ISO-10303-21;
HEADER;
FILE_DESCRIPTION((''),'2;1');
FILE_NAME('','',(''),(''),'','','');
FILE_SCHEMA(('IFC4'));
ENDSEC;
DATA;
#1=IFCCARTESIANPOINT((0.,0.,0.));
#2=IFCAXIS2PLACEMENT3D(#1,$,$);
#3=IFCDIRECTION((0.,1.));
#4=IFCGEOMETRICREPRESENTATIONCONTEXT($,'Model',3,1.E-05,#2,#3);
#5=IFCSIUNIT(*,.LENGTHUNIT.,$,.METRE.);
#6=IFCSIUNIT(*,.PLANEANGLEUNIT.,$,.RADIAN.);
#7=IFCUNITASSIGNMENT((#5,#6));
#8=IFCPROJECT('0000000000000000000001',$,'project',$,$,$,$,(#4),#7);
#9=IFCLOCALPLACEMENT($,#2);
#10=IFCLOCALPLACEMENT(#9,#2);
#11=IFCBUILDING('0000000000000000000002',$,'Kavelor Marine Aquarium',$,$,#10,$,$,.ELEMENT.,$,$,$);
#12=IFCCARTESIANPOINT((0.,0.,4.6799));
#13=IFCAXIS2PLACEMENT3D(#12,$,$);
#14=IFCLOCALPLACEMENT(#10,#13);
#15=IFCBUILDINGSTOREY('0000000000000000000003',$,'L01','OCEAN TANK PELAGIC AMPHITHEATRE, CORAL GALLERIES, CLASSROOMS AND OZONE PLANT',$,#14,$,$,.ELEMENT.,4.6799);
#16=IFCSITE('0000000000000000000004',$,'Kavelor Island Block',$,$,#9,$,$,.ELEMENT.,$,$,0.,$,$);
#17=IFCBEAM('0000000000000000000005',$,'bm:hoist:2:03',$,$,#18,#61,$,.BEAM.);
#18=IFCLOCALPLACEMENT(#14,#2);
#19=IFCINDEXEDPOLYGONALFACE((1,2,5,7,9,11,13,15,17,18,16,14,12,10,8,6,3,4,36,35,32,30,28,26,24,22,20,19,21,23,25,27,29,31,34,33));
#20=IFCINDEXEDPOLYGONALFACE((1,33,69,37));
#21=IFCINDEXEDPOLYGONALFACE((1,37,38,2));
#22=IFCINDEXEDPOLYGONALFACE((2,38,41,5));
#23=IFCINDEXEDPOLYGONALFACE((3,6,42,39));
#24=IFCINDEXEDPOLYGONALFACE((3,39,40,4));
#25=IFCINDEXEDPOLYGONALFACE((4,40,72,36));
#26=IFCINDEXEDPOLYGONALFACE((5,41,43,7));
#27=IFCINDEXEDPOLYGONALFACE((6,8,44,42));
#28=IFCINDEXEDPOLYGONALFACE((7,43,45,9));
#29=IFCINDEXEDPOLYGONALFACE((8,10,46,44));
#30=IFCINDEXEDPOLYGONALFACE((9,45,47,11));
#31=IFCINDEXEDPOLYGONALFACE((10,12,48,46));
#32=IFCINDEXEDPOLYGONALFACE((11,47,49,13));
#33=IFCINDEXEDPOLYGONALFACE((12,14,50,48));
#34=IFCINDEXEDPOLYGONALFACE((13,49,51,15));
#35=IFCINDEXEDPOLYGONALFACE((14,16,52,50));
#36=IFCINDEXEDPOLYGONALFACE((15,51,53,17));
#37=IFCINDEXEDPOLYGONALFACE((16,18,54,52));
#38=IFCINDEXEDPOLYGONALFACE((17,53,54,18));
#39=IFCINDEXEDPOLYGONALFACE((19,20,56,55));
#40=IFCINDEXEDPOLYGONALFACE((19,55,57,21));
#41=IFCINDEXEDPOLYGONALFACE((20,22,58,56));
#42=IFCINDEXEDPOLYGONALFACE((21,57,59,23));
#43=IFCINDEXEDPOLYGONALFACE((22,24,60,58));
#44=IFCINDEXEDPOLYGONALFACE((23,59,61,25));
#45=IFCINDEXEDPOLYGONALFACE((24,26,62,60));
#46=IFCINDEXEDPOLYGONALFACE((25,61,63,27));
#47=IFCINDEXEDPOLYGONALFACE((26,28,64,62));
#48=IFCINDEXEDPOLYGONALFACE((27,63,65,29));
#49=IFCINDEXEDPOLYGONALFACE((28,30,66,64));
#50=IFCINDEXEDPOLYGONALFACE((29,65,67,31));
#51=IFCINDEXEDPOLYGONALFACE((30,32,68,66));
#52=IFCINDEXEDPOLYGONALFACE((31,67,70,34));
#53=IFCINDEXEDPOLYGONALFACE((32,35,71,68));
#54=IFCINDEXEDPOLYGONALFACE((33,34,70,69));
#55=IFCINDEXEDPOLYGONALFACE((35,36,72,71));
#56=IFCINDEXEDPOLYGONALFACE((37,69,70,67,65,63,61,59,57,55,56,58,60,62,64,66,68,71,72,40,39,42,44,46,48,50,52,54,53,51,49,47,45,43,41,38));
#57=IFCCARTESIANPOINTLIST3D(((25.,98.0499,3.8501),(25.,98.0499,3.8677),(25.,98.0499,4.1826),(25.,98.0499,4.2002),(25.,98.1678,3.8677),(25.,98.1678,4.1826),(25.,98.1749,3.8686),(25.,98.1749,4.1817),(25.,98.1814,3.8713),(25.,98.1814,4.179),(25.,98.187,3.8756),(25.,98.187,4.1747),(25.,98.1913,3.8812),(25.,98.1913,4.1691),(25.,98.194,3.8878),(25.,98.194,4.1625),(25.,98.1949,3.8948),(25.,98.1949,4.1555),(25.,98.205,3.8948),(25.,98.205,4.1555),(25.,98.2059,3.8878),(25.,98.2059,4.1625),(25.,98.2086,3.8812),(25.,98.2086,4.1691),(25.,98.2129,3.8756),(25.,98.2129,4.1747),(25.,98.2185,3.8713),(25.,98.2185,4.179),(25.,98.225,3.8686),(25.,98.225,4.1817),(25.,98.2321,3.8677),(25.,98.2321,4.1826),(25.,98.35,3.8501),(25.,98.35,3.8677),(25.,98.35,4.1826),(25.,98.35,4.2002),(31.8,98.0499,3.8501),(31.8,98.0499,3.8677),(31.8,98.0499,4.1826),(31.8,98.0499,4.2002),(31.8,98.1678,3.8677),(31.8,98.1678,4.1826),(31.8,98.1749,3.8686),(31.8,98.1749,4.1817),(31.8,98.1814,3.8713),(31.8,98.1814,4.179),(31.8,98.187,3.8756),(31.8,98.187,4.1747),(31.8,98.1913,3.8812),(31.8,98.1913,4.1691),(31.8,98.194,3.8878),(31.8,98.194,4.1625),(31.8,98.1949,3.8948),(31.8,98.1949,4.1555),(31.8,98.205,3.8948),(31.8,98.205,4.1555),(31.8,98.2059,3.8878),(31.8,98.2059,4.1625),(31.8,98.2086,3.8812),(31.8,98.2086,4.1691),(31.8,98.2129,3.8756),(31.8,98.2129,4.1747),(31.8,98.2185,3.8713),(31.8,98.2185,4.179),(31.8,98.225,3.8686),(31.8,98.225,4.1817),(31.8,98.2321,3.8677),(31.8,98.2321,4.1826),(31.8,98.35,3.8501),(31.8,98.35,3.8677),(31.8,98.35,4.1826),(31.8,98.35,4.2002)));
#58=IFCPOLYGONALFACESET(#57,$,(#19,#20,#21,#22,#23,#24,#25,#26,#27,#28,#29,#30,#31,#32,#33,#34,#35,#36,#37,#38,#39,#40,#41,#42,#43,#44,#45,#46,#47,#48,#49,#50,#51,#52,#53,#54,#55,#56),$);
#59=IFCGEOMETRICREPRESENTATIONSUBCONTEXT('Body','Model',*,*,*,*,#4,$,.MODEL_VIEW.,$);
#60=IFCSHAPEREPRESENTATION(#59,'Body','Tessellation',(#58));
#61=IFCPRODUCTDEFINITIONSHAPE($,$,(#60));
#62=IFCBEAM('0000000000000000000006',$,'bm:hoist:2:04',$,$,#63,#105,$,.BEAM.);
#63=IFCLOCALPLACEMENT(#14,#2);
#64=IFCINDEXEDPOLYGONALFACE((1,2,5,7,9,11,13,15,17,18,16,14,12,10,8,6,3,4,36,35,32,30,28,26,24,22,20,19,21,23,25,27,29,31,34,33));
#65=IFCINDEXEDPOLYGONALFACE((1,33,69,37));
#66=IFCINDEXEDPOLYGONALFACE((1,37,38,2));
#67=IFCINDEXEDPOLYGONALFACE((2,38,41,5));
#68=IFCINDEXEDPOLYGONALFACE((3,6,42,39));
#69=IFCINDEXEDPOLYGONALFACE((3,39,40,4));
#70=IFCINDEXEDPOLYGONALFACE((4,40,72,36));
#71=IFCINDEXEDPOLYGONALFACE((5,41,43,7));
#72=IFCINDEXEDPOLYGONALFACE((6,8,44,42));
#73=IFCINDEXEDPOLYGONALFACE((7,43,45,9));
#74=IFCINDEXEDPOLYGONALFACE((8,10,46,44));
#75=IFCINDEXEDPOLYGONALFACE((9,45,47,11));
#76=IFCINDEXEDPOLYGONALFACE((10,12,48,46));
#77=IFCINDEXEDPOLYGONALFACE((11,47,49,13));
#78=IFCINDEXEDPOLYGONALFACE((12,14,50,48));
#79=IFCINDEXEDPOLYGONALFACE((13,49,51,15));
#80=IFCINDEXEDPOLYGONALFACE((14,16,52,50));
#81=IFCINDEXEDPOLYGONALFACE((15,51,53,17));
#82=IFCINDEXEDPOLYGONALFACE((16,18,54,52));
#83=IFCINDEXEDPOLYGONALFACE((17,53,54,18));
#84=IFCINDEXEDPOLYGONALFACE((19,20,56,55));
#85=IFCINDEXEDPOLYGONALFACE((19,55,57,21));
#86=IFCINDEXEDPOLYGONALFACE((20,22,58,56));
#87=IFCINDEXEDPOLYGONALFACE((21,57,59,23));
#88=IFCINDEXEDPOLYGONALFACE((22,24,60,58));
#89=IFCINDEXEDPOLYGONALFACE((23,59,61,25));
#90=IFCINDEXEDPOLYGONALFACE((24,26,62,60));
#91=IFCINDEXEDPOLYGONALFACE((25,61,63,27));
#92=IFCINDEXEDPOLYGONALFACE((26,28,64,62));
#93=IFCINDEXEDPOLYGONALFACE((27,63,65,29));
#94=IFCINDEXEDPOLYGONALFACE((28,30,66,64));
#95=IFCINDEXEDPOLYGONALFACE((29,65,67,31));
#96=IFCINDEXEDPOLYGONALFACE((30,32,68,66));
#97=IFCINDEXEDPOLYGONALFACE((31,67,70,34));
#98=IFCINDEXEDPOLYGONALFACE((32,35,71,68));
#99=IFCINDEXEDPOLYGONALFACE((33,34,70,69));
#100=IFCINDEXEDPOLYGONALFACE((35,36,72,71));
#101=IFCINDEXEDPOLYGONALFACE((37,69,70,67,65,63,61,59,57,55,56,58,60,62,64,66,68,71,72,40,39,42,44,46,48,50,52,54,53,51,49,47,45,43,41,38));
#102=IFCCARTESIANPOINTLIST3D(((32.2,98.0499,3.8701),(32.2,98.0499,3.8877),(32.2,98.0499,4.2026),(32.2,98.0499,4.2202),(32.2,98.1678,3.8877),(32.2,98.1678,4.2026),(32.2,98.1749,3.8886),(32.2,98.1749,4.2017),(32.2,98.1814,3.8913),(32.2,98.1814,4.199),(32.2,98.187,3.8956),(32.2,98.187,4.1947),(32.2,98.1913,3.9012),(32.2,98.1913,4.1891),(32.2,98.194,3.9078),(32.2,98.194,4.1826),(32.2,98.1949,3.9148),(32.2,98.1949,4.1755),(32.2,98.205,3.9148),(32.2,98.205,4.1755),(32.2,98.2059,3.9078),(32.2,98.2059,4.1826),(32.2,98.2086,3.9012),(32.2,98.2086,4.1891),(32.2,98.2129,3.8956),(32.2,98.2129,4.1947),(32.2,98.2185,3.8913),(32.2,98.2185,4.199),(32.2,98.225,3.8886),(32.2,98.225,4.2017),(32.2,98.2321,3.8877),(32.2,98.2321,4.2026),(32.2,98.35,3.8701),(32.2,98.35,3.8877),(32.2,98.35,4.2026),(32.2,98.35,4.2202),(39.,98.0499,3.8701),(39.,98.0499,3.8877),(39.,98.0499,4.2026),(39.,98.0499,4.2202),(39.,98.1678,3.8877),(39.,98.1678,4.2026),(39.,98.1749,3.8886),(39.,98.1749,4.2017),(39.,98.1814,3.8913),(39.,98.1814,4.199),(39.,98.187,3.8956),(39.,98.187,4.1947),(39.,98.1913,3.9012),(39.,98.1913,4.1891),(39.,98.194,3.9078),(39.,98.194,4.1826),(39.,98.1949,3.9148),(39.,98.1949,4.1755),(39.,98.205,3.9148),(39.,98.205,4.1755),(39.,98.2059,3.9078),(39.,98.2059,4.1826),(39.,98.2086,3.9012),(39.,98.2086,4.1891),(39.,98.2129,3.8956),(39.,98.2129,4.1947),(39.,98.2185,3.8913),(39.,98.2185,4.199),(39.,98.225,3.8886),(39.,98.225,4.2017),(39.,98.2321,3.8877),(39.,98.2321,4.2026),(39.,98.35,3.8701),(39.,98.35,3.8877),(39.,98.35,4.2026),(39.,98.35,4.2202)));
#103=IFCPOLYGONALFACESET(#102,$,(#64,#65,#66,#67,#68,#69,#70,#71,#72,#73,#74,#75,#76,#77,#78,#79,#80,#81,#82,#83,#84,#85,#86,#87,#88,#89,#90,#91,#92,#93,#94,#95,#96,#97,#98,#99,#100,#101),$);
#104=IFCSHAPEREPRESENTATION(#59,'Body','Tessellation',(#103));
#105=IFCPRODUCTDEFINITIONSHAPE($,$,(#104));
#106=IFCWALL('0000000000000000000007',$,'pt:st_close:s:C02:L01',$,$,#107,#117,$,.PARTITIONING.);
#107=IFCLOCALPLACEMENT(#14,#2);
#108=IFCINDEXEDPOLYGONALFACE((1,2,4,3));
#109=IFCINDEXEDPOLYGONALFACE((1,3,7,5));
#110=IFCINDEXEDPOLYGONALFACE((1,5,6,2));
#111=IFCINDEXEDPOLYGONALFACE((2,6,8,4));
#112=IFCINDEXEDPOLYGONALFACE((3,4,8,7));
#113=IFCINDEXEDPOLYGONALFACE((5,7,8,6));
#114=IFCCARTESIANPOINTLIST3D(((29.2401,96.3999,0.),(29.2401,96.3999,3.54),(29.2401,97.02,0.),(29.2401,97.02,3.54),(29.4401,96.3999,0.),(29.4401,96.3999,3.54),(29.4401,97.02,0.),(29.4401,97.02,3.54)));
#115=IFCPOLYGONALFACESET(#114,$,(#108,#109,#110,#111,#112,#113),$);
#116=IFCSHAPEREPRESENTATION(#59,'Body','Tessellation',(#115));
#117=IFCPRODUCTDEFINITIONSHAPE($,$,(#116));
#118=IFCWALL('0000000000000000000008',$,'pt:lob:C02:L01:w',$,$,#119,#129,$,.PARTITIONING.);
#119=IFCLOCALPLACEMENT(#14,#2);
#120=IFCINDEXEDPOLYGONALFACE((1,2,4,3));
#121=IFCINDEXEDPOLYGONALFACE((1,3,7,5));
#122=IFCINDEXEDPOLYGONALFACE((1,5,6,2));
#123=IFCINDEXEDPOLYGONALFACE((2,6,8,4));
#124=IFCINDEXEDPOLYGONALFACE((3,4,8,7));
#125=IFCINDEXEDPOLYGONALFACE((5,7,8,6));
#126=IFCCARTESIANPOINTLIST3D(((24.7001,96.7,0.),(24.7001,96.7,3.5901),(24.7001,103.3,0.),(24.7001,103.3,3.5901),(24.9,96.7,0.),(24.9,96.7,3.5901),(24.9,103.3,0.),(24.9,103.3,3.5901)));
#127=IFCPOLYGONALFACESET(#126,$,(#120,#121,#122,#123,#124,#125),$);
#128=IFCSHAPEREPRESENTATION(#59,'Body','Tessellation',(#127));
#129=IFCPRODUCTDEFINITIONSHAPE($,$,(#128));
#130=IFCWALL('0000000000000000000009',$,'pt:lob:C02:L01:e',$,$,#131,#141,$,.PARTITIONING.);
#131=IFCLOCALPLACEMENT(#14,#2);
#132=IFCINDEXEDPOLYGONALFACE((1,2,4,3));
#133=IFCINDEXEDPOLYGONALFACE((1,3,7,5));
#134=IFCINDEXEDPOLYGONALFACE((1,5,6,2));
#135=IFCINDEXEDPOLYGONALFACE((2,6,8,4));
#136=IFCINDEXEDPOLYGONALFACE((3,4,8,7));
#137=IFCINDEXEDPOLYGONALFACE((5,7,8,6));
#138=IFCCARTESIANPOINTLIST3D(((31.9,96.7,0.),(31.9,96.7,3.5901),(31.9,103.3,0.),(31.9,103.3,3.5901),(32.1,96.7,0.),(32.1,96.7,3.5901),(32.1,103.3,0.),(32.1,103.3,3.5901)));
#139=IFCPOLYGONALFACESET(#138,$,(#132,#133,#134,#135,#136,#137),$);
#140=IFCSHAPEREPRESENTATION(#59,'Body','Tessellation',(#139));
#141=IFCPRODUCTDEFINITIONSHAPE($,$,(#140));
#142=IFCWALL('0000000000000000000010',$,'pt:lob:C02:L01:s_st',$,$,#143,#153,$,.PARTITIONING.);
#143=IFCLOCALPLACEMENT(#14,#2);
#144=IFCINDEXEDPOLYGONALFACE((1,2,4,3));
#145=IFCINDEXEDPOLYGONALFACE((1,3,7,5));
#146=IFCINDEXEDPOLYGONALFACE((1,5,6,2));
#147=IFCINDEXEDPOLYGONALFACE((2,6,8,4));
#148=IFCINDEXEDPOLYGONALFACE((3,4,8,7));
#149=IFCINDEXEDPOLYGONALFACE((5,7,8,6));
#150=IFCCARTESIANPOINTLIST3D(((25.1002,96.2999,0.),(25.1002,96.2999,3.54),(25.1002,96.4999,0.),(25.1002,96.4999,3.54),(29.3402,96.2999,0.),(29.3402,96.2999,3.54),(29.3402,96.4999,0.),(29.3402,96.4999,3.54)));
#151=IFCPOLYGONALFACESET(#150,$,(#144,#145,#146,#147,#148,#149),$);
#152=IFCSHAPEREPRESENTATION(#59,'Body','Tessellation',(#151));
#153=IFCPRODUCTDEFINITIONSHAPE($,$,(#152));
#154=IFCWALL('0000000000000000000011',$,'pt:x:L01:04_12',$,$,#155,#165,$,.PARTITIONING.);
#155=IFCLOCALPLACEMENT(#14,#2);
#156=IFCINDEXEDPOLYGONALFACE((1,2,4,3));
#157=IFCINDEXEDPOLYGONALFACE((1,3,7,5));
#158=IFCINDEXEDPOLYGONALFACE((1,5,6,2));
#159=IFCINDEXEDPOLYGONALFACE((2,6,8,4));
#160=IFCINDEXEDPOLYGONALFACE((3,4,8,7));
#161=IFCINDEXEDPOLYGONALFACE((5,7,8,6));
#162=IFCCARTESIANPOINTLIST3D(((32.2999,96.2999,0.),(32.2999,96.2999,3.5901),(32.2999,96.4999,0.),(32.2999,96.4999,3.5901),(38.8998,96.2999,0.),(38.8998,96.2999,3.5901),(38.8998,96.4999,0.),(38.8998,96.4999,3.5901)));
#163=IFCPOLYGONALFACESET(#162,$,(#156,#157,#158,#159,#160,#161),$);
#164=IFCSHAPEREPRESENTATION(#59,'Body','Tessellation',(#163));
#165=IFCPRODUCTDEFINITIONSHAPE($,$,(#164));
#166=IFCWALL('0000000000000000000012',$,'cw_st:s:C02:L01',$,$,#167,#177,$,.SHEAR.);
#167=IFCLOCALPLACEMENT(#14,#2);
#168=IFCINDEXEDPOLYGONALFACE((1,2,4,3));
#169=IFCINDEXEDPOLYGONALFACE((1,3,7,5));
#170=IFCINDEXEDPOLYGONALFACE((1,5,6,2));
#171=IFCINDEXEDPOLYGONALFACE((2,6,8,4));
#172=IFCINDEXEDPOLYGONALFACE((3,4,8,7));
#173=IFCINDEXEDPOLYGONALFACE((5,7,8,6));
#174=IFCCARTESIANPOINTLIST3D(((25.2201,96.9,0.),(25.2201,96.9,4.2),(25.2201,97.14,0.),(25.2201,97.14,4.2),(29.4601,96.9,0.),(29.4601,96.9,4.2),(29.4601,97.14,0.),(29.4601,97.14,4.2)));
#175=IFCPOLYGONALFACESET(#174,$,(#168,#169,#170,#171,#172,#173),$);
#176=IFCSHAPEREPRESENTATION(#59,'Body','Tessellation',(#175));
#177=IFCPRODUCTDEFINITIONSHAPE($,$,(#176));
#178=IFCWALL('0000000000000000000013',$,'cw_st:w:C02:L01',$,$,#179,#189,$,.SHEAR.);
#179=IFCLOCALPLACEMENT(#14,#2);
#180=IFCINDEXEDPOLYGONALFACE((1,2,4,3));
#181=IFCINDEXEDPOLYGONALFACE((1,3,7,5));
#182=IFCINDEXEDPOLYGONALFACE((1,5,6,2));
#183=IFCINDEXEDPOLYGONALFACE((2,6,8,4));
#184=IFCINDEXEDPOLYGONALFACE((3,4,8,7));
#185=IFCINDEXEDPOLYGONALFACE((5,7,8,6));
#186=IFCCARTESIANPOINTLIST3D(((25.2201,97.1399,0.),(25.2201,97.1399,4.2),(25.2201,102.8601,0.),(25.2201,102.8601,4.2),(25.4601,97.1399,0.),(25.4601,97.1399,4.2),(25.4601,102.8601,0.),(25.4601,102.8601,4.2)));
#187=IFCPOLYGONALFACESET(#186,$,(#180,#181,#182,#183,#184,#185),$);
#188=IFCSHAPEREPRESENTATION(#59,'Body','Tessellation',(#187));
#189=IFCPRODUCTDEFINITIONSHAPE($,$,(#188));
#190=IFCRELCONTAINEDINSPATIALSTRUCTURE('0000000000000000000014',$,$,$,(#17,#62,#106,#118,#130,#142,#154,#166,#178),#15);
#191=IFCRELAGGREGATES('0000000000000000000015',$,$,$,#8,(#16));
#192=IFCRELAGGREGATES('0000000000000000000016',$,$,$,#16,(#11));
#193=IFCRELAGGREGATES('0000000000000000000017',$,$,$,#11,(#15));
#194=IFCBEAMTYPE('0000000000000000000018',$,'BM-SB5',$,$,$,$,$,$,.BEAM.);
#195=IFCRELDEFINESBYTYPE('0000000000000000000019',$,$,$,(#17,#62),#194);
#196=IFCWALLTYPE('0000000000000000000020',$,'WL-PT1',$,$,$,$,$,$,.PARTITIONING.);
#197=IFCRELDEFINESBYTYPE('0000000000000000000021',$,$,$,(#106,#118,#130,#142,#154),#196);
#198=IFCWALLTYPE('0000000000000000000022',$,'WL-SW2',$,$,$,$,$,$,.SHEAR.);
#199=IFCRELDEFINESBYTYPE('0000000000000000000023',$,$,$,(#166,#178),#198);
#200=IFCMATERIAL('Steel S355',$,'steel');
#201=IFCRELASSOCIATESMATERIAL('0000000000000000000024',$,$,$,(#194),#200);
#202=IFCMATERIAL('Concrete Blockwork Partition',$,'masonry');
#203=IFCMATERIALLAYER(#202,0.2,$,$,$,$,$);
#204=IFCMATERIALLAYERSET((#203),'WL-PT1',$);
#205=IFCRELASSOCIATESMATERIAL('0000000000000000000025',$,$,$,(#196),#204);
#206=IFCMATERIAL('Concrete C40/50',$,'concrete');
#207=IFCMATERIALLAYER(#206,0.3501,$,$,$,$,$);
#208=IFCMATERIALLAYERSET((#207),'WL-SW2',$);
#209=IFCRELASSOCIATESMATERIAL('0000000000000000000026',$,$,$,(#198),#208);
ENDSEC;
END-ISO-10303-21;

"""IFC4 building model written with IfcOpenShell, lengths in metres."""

from ifc_helpers import new_model, si_unit, direction, frame, frame_2d, origin, origin_2d, place, context, subcontext, project, spatial, rectangle, i_section, extrude, material, layer, layer_set, material_profile, profile_set, type_object, element, save


model = new_model("IFC4")

# Units and contexts
model_context = context("Model", 3, precision=1e-05, world=origin(), true_north=direction((0.0, 1.0)))
body_context = subcontext(model_context, "Body", "Model", "MODEL_VIEW")
ifc_project = project(units=[si_unit("LENGTHUNIT", "METRE"), si_unit("PLANEANGLEUNIT", "RADIAN")], contexts=[model_context])

# Site, building, storey
site_placement = place(None, origin())
site = spatial("IfcSite", under=ifc_project, at=site_placement, Name="Kavelor Island Block", CompositionType="ELEMENT", RefElevation=0.0)
building_placement = place(site_placement, origin())
building = spatial("IfcBuilding", under=site, at=building_placement, Name="Kavelor Marine Aquarium", CompositionType="ELEMENT")
storey_placement = place(building_placement, frame((0.0, 0.0, 4.6799)))
storey = spatial("IfcBuildingStorey", under=building, at=storey_placement, Name="L01", Description="OCEAN TANK PELAGIC AMPHITHEATRE, CORAL GALLERIES, CLASSROOMS AND OZONE PLANT", CompositionType="ELEMENT", Elevation=4.6799)

# Beams
ifc_material_1 = material(Name="Steel S355", Category="steel")
ifc_material_profile_1 = material_profile(ifc_material_1, i_section(OverallWidth=0.3, OverallDepth=0.3501, WebThickness=0.01, FlangeThickness=0.0176, FilletRadius=0.0271, at=origin_2d()), Name="HEA 360")
ifc_profile_set_1 = profile_set([ifc_material_profile_1], Name="Steel S355")
beam_type_1 = type_object("IfcBeamType", Name="BM-SB5", PredefinedType="BEAM", material=ifc_profile_set_1)
for number, where, z_axis, x_axis, name in (
    (1, (25.0, 98.2, 4.0251), (1.0, 0.0, 0.0), (0.0, 1.0, 0.0), "bm:hoist:2:03"),
    (2, (32.2, 98.2, 4.0452), (1.0, 0.0, 0.0), (0.0, 1.0, 0.0), "bm:hoist:2:04"),
):
    element("IfcBeam", number, at=place(storey_placement, frame(where, z_axis=z_axis, x_axis=x_axis)), inside=storey, type_object=beam_type_1, Name=name, PredefinedType="BEAM", context=body_context, shape_type="SweptSolid", body=[
        extrude(i_section(OverallWidth=0.3, OverallDepth=0.3501, WebThickness=0.01, FlangeThickness=0.0176, FilletRadius=0.0271, at=origin_2d()), origin(), (0.0, 0.0, 1.0), 6.8),
    ])

# Walls
ifc_material_2 = material(Name="Concrete Blockwork Partition", Category="masonry")
ifc_layer_1 = layer(ifc_material_2, 0.2)
ifc_layer_set_1 = layer_set([ifc_layer_1], Name="WL-PT1")
wall_type_1 = type_object("IfcWallType", Name="WL-PT1", PredefinedType="PARTITIONING", material=ifc_layer_set_1)
wall_1_placement = place(storey_placement, frame((29.3401, 96.3999, 0.0), z_axis=(0.0, 0.0, 1.0), x_axis=(0.0, 1.0, 0.0)))
element("IfcWall", 3, at=wall_1_placement, inside=storey, type_object=wall_type_1, Name="pt:st_close:s:C02:L01", PredefinedType="PARTITIONING", context=body_context, shape_type="SweptSolid", body=[
    extrude(rectangle(XDim=0.6201, YDim=0.2, at=frame_2d((0.3101, 0.0))), origin(), (0.0, 0.0, 1.0), 3.54),
])
for number, where, z_axis, x_axis, name in (
    (4, (24.8, 96.7, 0.0), (0.0, 0.0, 1.0), (0.0, 1.0, 0.0), "pt:lob:C02:L01:w"),
    (5, (32.0, 96.7, 0.0), (0.0, 0.0, 1.0), (0.0, 1.0, 0.0), "pt:lob:C02:L01:e"),
):
    element("IfcWall", number, at=place(storey_placement, frame(where, z_axis=z_axis, x_axis=x_axis)), inside=storey, type_object=wall_type_1, Name=name, PredefinedType="PARTITIONING", context=body_context, shape_type="SweptSolid", body=[
        extrude(rectangle(XDim=6.6001, YDim=0.2, at=frame_2d((3.3, 0.0))), origin(), (0.0, 0.0, 1.0), 3.5901),
    ])
wall_2_placement = place(storey_placement, frame((25.1001, 96.3999, 0.0), z_axis=(0.0, 0.0, 1.0), x_axis=(1.0, 0.0, 0.0)))
element("IfcWall", 6, at=wall_2_placement, inside=storey, type_object=wall_type_1, Name="pt:lob:C02:L01:s_st", PredefinedType="PARTITIONING", context=body_context, shape_type="SweptSolid", body=[
    extrude(rectangle(XDim=4.24, YDim=0.2, at=frame_2d((2.1201, 0.0))), origin(), (0.0, 0.0, 1.0), 3.54),
])

# Walls
wall_3_placement = place(storey_placement, frame((32.3, 96.3999, 0.0), z_axis=(0.0, 0.0, 1.0), x_axis=(1.0, 0.0, 0.0)))
element("IfcWall", 7, at=wall_3_placement, inside=storey, type_object=wall_type_1, Name="pt:x:L01:04_12", PredefinedType="PARTITIONING", context=body_context, shape_type="SweptSolid", body=[
    extrude(rectangle(XDim=6.5999, YDim=0.2, at=frame_2d((3.2998, 0.0))), origin(), (0.0, 0.0, 1.0), 3.5901),
])
ifc_material_3 = material(Name="Concrete C40/50", Category="concrete")
ifc_layer_2 = layer(ifc_material_3, 0.3501)
ifc_layer_set_2 = layer_set([ifc_layer_2], Name="WL-SW2")
wall_type_2 = type_object("IfcWallType", Name="WL-SW2", PredefinedType="SHEAR", material=ifc_layer_set_2)
wall_4_placement = place(storey_placement, frame((25.22, 97.02, 0.0), z_axis=(0.0, 0.0, 1.0), x_axis=(1.0, 0.0, 0.0)))
element("IfcWall", 8, at=wall_4_placement, inside=storey, type_object=wall_type_2, Name="cw_st:s:C02:L01", PredefinedType="SHEAR", context=body_context, shape_type="SweptSolid", body=[
    extrude(rectangle(XDim=4.24, YDim=0.24, at=frame_2d((2.1201, 0.0))), origin(), (0.0, 0.0, 1.0), 4.2),
])
wall_5_placement = place(storey_placement, frame((25.3401, 97.1399, 0.0), z_axis=(0.0, 0.0, 1.0), x_axis=(0.0, 1.0, 0.0)))
element("IfcWall", 9, at=wall_5_placement, inside=storey, type_object=wall_type_2, Name="cw_st:w:C02:L01", PredefinedType="SHEAR", context=body_context, shape_type="SweptSolid", body=[
    extrude(rectangle(XDim=5.7202, YDim=0.24, at=frame_2d((2.8601, 0.0))), origin(), (0.0, 0.0, 1.0), 4.2),
])

save(model, "model.ifc")
